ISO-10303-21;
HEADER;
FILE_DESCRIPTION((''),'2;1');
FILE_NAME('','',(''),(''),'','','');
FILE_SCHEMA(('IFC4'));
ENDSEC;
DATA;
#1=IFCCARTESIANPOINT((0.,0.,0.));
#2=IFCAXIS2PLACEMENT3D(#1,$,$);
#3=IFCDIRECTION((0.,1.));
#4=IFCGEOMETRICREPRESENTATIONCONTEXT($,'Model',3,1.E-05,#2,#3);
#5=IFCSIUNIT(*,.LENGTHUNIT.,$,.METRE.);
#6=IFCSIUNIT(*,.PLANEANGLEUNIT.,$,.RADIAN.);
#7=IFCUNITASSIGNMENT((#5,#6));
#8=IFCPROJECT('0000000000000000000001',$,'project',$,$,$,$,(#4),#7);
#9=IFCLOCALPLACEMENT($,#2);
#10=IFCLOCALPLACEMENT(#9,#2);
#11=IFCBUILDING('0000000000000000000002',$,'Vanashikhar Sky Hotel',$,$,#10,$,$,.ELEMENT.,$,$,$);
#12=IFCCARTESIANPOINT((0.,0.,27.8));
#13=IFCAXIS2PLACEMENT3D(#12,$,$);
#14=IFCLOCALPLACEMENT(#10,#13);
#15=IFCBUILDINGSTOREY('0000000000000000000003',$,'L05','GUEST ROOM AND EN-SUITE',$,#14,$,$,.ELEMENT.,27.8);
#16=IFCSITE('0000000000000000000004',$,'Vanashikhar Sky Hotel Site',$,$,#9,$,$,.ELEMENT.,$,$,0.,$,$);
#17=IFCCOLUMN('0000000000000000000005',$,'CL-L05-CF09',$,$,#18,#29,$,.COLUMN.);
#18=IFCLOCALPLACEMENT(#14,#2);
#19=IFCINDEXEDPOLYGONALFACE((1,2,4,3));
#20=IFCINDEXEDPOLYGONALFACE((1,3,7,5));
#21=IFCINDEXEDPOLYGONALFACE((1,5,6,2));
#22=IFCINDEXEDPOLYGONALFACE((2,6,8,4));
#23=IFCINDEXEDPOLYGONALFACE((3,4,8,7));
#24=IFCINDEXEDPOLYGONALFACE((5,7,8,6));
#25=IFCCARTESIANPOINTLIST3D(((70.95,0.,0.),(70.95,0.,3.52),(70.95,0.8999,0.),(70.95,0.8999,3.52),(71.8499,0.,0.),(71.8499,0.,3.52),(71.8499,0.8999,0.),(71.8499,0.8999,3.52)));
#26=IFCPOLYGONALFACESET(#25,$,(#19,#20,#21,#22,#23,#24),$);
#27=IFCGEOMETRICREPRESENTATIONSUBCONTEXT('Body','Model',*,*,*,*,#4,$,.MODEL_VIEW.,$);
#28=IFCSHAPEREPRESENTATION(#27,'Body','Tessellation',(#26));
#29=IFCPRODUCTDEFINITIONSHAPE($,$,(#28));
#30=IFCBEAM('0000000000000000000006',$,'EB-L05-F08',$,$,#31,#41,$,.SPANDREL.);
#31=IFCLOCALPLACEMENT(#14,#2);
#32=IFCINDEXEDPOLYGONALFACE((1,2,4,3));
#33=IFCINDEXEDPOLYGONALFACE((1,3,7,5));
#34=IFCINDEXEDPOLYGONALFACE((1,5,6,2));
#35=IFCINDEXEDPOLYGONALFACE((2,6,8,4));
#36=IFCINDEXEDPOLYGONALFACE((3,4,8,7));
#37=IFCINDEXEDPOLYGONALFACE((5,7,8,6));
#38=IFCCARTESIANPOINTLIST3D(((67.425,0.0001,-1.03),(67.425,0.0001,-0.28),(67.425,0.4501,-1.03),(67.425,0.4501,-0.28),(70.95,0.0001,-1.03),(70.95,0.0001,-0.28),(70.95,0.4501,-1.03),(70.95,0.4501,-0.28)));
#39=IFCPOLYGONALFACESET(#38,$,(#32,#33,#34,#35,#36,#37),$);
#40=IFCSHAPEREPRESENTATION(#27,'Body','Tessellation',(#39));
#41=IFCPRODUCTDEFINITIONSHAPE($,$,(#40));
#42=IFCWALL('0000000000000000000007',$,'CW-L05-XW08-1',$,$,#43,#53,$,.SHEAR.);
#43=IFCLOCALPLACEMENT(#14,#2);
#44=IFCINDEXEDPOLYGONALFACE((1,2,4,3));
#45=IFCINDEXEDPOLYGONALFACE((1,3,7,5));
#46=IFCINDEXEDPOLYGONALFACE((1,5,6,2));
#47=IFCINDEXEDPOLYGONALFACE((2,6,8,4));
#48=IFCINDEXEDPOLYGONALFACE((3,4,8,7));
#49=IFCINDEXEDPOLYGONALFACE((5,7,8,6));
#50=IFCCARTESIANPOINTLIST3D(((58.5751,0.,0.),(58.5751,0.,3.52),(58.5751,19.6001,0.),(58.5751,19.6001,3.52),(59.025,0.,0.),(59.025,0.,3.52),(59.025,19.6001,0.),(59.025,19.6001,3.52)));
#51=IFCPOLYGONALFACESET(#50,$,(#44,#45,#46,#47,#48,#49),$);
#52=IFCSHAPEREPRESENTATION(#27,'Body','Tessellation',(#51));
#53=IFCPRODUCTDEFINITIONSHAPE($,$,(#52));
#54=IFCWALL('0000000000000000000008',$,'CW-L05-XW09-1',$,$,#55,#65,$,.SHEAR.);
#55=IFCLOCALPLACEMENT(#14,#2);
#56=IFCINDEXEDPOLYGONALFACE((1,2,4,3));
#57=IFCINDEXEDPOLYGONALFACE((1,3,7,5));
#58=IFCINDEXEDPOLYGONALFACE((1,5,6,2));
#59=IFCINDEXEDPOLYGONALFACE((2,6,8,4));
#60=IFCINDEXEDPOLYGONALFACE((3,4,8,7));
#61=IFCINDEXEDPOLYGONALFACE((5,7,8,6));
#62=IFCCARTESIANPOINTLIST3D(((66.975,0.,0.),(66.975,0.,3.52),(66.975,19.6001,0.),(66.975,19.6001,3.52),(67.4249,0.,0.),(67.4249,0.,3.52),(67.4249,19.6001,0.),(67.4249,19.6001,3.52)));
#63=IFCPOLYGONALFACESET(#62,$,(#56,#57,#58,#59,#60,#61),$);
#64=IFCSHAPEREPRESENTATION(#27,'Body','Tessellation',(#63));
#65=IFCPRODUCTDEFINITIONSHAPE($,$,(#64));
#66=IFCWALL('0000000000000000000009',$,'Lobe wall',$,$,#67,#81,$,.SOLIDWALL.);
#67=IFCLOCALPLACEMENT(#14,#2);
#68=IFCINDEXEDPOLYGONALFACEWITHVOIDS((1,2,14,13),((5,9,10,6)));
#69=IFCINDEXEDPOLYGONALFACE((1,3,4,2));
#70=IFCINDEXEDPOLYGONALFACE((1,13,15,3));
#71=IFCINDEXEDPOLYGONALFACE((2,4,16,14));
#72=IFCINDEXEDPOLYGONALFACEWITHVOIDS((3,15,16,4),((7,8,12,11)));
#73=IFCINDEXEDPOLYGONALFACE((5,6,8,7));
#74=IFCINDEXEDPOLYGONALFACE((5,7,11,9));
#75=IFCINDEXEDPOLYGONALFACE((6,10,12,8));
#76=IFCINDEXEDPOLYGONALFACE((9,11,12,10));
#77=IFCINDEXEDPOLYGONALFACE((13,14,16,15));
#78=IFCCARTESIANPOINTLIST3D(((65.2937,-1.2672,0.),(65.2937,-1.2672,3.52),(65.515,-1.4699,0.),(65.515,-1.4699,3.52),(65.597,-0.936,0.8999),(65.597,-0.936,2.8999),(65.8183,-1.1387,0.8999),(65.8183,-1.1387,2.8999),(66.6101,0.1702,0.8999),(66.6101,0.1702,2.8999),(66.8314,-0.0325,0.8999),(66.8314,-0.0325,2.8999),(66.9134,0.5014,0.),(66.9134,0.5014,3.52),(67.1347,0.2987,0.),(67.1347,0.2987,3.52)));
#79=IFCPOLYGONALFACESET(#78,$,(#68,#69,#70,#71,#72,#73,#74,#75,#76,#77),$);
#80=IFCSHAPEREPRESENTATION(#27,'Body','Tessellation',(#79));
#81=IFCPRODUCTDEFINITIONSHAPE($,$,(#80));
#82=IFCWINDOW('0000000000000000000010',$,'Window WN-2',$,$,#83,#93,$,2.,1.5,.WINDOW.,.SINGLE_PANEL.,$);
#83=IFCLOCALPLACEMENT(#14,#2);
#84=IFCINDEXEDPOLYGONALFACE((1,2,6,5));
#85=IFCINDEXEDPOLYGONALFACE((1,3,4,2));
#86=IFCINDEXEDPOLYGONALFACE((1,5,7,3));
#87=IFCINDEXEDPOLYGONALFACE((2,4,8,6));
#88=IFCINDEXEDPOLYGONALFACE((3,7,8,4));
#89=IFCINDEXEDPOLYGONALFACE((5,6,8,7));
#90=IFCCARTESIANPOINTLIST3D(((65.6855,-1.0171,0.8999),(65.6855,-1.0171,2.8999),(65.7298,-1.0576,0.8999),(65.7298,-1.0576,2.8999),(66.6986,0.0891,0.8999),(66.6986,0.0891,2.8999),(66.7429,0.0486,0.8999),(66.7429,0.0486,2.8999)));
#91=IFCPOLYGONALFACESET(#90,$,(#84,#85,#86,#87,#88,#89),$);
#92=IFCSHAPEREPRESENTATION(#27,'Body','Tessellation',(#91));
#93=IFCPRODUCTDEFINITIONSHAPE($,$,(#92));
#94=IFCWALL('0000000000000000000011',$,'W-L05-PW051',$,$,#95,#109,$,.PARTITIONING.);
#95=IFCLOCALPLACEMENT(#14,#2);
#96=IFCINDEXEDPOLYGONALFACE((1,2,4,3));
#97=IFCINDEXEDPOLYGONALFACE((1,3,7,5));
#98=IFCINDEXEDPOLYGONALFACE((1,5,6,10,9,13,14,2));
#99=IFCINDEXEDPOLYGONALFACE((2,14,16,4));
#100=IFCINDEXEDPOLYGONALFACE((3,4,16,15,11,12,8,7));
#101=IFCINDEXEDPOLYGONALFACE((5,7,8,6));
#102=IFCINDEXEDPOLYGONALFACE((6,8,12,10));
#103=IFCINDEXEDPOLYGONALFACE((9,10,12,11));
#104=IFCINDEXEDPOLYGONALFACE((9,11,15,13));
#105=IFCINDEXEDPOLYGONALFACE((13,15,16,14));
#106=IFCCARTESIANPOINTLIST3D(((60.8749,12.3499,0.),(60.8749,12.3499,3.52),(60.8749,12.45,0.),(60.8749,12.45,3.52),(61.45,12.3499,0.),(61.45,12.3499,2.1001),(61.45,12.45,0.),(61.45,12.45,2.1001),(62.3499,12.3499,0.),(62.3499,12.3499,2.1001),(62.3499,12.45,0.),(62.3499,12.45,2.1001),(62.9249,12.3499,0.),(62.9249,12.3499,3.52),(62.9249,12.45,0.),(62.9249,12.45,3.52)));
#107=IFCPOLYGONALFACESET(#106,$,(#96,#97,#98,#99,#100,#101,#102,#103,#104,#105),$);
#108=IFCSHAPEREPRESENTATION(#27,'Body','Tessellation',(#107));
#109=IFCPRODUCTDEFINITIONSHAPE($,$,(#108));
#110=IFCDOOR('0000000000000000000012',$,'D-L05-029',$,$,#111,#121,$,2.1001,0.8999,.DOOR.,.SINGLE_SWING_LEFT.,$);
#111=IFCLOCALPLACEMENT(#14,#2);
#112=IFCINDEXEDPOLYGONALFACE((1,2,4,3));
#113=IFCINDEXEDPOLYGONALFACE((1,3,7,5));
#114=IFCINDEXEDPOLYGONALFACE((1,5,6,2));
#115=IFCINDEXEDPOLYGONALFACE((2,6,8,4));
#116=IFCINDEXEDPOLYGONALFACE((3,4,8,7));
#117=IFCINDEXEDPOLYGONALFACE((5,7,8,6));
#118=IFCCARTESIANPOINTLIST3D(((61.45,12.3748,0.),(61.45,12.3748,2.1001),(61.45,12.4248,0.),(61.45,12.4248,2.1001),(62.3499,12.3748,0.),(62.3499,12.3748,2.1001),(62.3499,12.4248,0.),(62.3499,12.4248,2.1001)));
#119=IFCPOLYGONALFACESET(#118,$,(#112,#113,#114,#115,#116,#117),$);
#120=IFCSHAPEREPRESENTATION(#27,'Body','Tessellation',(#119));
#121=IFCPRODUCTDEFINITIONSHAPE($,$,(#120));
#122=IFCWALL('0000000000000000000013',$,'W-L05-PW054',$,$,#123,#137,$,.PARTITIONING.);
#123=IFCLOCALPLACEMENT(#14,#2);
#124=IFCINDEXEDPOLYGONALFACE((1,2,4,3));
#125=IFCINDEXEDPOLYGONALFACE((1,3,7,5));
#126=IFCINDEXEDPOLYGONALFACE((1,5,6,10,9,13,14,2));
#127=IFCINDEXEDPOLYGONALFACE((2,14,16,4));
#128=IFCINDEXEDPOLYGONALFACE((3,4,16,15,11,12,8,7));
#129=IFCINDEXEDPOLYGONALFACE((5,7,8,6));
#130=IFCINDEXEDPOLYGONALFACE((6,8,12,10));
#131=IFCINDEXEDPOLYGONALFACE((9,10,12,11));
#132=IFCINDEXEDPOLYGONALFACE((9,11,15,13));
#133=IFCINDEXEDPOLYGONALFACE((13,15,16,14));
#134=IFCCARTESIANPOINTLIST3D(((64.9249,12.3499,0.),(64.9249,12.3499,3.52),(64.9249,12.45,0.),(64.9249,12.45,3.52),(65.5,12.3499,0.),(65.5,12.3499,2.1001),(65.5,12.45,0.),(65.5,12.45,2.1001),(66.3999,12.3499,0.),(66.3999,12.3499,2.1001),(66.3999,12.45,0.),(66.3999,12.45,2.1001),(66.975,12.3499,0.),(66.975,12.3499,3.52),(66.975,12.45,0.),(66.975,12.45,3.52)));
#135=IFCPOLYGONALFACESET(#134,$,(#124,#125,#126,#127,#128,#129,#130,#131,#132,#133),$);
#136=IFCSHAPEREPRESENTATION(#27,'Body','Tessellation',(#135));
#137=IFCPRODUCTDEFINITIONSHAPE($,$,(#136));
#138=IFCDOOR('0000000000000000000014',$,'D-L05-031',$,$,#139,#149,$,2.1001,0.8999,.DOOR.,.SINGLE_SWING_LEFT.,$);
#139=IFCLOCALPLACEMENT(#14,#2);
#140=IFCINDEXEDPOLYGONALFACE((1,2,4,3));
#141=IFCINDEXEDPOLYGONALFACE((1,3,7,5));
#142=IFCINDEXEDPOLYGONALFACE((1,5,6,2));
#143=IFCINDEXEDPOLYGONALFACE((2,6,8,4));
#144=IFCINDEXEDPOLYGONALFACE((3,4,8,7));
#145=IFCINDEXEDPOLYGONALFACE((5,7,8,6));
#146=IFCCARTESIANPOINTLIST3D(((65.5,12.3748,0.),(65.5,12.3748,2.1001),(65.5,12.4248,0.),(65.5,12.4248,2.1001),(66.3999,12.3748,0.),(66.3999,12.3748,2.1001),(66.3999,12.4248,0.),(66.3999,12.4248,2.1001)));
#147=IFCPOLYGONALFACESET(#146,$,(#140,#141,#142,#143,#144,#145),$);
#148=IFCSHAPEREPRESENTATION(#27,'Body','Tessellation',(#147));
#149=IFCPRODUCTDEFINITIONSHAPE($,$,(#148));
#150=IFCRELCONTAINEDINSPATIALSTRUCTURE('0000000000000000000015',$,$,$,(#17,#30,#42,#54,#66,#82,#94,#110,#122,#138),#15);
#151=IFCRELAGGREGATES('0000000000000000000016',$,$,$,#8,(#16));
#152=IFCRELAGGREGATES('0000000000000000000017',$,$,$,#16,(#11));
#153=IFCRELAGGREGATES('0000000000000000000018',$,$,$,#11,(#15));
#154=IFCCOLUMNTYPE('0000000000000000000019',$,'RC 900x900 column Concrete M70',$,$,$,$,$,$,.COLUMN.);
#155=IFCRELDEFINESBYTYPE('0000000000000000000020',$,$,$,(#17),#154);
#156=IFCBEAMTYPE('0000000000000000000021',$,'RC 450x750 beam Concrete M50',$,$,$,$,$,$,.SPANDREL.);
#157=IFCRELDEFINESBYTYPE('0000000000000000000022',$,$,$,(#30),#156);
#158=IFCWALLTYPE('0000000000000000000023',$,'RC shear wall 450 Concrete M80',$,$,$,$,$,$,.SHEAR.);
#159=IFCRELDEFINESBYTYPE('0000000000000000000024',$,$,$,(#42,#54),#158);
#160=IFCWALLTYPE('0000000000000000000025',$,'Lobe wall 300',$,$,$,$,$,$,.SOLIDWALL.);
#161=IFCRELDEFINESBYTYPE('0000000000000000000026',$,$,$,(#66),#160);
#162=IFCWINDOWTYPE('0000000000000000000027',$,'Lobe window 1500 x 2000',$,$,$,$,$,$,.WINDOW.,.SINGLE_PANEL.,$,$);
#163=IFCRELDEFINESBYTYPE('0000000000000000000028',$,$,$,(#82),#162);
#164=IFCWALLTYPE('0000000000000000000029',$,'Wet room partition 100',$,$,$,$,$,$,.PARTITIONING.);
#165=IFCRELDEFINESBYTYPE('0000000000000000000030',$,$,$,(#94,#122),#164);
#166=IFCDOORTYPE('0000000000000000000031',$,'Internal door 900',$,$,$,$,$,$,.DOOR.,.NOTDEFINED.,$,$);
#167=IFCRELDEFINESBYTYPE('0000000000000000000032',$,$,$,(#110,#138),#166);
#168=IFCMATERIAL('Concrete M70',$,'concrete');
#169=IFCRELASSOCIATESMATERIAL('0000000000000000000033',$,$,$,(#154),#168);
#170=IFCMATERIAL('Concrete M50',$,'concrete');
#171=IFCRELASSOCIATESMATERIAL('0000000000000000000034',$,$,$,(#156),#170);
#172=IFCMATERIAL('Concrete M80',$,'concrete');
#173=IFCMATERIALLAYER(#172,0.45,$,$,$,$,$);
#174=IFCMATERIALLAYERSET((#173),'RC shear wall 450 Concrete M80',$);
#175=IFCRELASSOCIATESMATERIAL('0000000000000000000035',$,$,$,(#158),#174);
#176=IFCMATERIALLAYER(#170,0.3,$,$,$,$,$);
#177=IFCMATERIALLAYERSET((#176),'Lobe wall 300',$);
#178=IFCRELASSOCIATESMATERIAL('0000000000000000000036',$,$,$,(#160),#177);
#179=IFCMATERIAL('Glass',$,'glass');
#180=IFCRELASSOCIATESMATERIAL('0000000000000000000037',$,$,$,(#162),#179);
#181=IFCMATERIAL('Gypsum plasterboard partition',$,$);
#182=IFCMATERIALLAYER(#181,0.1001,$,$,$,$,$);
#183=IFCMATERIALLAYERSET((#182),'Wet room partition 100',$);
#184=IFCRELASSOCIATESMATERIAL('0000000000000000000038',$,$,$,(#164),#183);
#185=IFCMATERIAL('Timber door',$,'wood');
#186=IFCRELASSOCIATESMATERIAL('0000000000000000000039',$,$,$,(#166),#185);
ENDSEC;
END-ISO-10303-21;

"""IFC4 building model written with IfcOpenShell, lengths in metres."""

from ifc_helpers import new_model, si_unit, direction, frame, frame_2d, origin, origin_2d, place, context, subcontext, project, spatial, rectangle, extrude, source, transform, mapped, material, layer, layer_set, material_profile, profile_set, type_object, element, fill, save


model = new_model("IFC4")

# Units and contexts
model_context = context("Model", 3, precision=1e-05, world=origin(), true_north=direction((0.0, 1.0)))
body_context = subcontext(model_context, "Body", "Model", "MODEL_VIEW")
ifc_project = project(units=[si_unit("LENGTHUNIT", "METRE"), si_unit("PLANEANGLEUNIT", "RADIAN")], contexts=[model_context])

# Site, building, storey
site_placement = place(None, origin())
site = spatial("IfcSite", under=ifc_project, at=site_placement, Name="Vanashikhar Sky Hotel Site", CompositionType="ELEMENT", RefElevation=0.0)
building_placement = place(site_placement, origin())
building = spatial("IfcBuilding", under=site, at=building_placement, Name="Vanashikhar Sky Hotel", CompositionType="ELEMENT")
storey_placement = place(building_placement, frame((0.0, 0.0, 27.8)))
storey = spatial("IfcBuildingStorey", under=building, at=storey_placement, Name="L05", Description="GUEST ROOM AND EN-SUITE", CompositionType="ELEMENT", Elevation=27.8)

# Column
ifc_material_1 = material(Name="Concrete M70", Category="concrete")
ifc_material_profile_1 = material_profile(ifc_material_1, rectangle(XDim=0.8999, YDim=0.8999, at=origin_2d()))
ifc_profile_set_1 = profile_set([ifc_material_profile_1], Name="RC 900x900 column Concrete M70")
column_type = type_object("IfcColumnType", Name="RC 900x900 column Concrete M70", PredefinedType="COLUMN", material=ifc_profile_set_1)
shared_shape_1 = source(origin(), body_context, "Body", "SweptSolid", [
    extrude(rectangle(XDim=0.8999, YDim=0.8999, at=origin_2d()), origin(), (0.0, 0.0, 1.0), 3.52),
])
column_placement = place(storey_placement, frame((71.3999, 0.45, 0.0), z_axis=(0.0, 0.0, 1.0), x_axis=(1.0, 0.0, 0.0)))
element("IfcColumn", 1, at=column_placement, inside=storey, type_object=column_type, Name="CL-L05-CF09", PredefinedType="COLUMN", context=body_context, shape_type="MappedRepresentation", body=[
    mapped(shared_shape_1, transform((0.0, 0.0, 0.0), scale=1.0)),
])

# Beam
ifc_material_2 = material(Name="Concrete M50", Category="concrete")
ifc_material_profile_2 = material_profile(ifc_material_2, rectangle(XDim=0.45, YDim=0.75, at=origin_2d()))
ifc_profile_set_2 = profile_set([ifc_material_profile_2], Name="RC 450x750 beam Concrete M50")
beam_type = type_object("IfcBeamType", Name="RC 450x750 beam Concrete M50", PredefinedType="SPANDREL", material=ifc_profile_set_2)
shared_shape_2 = source(origin(), body_context, "Body", "SweptSolid", [
    extrude(rectangle(XDim=0.45, YDim=0.75, at=origin_2d()), origin(), (0.0, 0.0, 1.0), 3.5249),
])
beam_placement = place(storey_placement, frame((67.425, 0.2251, -0.655), z_axis=(1.0, 0.0, 0.0), x_axis=(0.0, 1.0, 0.0)))
element("IfcBeam", 2, at=beam_placement, inside=storey, type_object=beam_type, Name="EB-L05-F08", PredefinedType="SPANDREL", context=body_context, shape_type="MappedRepresentation", body=[
    mapped(shared_shape_2, transform((0.0, 0.0, 0.0), scale=1.0)),
])

# Walls
ifc_material_3 = material(Name="Concrete M80", Category="concrete")
ifc_layer_1 = layer(ifc_material_3, 0.45)
ifc_layer_set_1 = layer_set([ifc_layer_1], Name="RC shear wall 450 Concrete M80")
wall_type_1 = type_object("IfcWallType", Name="RC shear wall 450 Concrete M80", PredefinedType="SHEAR", material=ifc_layer_set_1)
shared_shape_3 = source(origin(), body_context, "Body", "SweptSolid", [
    extrude(rectangle(XDim=19.6001, YDim=0.45, at=frame_2d((9.8, 0.0))), origin(), (0.0, 0.0, 1.0), 3.52),
])
for number, where, z_axis, x_axis, name in (
    (3, (58.8, 0.0, 0.0), (0.0, 0.0, 1.0), (0.0, 1.0, 0.0), "CW-L05-XW08-1"),
    (4, (67.2, 0.0, 0.0), (0.0, 0.0, 1.0), (0.0, 1.0, 0.0), "CW-L05-XW09-1"),
):
    element("IfcWall", number, at=place(storey_placement, frame(where, z_axis=z_axis, x_axis=x_axis)), inside=storey, type_object=wall_type_1, Name=name, PredefinedType="SHEAR", context=body_context, shape_type="MappedRepresentation", body=[
        mapped(shared_shape_3, transform((0.0, 0.0, 0.0), scale=1.0)),
    ])

# Shared definitions
ifc_material_4 = material(Name="Glass", Category="glass")

# Wall, opening, window
ifc_layer_2 = layer(ifc_material_2, 0.3)
ifc_layer_set_2 = layer_set([ifc_layer_2], Name="Lobe wall 300")
wall_type_2 = type_object("IfcWallType", Name="Lobe wall 300", PredefinedType="SOLIDWALL", material=ifc_layer_set_2)
shared_shape_4 = source(origin(), body_context, "Body", "SweptSolid", [
    extrude(rectangle(XDim=2.3982, YDim=0.3, at=frame_2d((1.1992, 0.0))), origin(), (0.0, 0.0, 1.0), 3.52),
])
wall_1_placement = place(storey_placement, frame((65.4043, -1.3687, 0.0), z_axis=(0.0, 0.0, 1.0), x_axis=(0.675374, 0.737475, 0.0)))
wall_1 = element("IfcWall", 5, at=wall_1_placement, inside=storey, type_object=wall_type_2, Name="Lobe wall", PredefinedType="SOLIDWALL", context=body_context, shape_type="MappedRepresentation", body=[
    mapped(shared_shape_4, transform((0.0, 0.0, 0.0), scale=1.0)),
])
shared_shape_5 = source(origin(), body_context, "Body", "SweptSolid", [
    extrude(rectangle(XDim=1.5, YDim=2.0, at=frame_2d((0.75, 1.0))), frame((0.0, 0.1602, 0.0), z_axis=(0.0, -1.0, 0.0), x_axis=(1.0, 0.0, 0.0)), (0.0, 0.0, 1.0), 0.3201),
])
opening_1_placement = place(wall_1_placement, frame((0.4492, 0.0, 0.8999)))
opening_1 = element("IfcOpeningElement", 6, at=opening_1_placement, cuts=wall_1, PredefinedType="OPENING", context=body_context, shape_type="MappedRepresentation", body=[
    mapped(shared_shape_5, transform((0.0, 0.0, 0.0), scale=1.0)),
])
window_type_1 = type_object("IfcWindowType", Name="Lobe window 1500 x 2000", PartitioningType="SINGLE_PANEL", PredefinedType="WINDOW", material=ifc_material_4)
shared_shape_6 = source(origin(), body_context, "Body", "SweptSolid", [
    extrude(rectangle(XDim=1.5, YDim=2.0, at=frame_2d((0.75, 1.0))), frame((0.0, 0.03, 0.0), z_axis=(0.0, -1.0, 0.0), x_axis=(1.0, 0.0, 0.0)), (0.0, 0.0, 1.0), 0.0601),
])
window_1_placement = place(opening_1_placement, origin())
window_1 = element("IfcWindow", 7, at=window_1_placement, inside=storey, type_object=window_type_1, Name="Window WN-2", OverallHeight=2.0, OverallWidth=1.5, PartitioningType="SINGLE_PANEL", PredefinedType="WINDOW", context=body_context, shape_type="MappedRepresentation", body=[
    mapped(shared_shape_6, transform((0.0, 0.0, 0.0), scale=1.0)),
])
fill(opening_1, window_1)

# Walls, openings, doors
ifc_material_5 = material(Name="Gypsum plasterboard partition")
ifc_layer_3 = layer(ifc_material_5, 0.1001)
ifc_layer_set_3 = layer_set([ifc_layer_3], Name="Wet room partition 100")
wall_type_3 = type_object("IfcWallType", Name="Wet room partition 100", PredefinedType="PARTITIONING", material=ifc_layer_set_3)
shared_shape_7 = source(origin(), body_context, "Body", "SweptSolid", [
    extrude(rectangle(XDim=2.05, YDim=0.1001, at=frame_2d((1.0249, 0.0))), origin(), (0.0, 0.0, 1.0), 3.52),
])
wall_2_placement = place(storey_placement, frame((60.875, 12.3999, 0.0), z_axis=(0.0, 0.0, 1.0), x_axis=(1.0, 0.0, 0.0)))
wall_2 = element("IfcWall", 8, at=wall_2_placement, inside=storey, type_object=wall_type_3, Name="W-L05-PW051", PredefinedType="PARTITIONING", context=body_context, shape_type="MappedRepresentation", body=[
    mapped(shared_shape_7, transform((0.0, 0.0, 0.0), scale=1.0)),
])
shared_shape_8 = source(origin(), body_context, "Body", "SweptSolid", [
    extrude(rectangle(XDim=0.8999, YDim=2.1001, at=frame_2d((0.45, 1.05))), frame((0.0, 0.0601, 0.0), z_axis=(0.0, -1.0, 0.0), x_axis=(1.0, 0.0, 0.0)), (0.0, 0.0, 1.0), 0.1201),
])
opening_2_placement = place(wall_2_placement, frame((0.575, 0.0, 0.0)))
opening_2 = element("IfcOpeningElement", 9, at=opening_2_placement, cuts=wall_2, PredefinedType="OPENING", context=body_context, shape_type="MappedRepresentation", body=[
    mapped(shared_shape_8, transform((0.0, 0.0, 0.0), scale=1.0)),
])
ifc_material_6 = material(Name="Timber door", Category="wood")
door_type_1 = type_object("IfcDoorType", Name="Internal door 900", OperationType="NOTDEFINED", PredefinedType="DOOR", material=ifc_material_6)
shared_shape_9 = source(origin(), body_context, "Body", "SweptSolid", [
    extrude(rectangle(XDim=0.8999, YDim=2.1001, at=frame_2d((0.45, 1.05))), frame((0.0, 0.0249, 0.0), z_axis=(0.0, -1.0, 0.0), x_axis=(1.0, 0.0, 0.0)), (0.0, 0.0, 1.0), 0.05),
])
door_1_placement = place(opening_2_placement, origin())
door_1 = element("IfcDoor", 10, at=door_1_placement, inside=storey, type_object=door_type_1, Name="D-L05-029", OperationType="SINGLE_SWING_LEFT", OverallHeight=2.1001, OverallWidth=0.8999, PredefinedType="DOOR", context=body_context, shape_type="MappedRepresentation", body=[
    mapped(shared_shape_9, transform((0.0, 0.0, 0.0), scale=1.0)),
])
fill(opening_2, door_1)
wall_3_placement = place(storey_placement, frame((64.925, 12.3999, 0.0), z_axis=(0.0, 0.0, 1.0), x_axis=(1.0, 0.0, 0.0)))
wall_3 = element("IfcWall", 11, at=wall_3_placement, inside=storey, type_object=wall_type_3, Name="W-L05-PW054", PredefinedType="PARTITIONING", context=body_context, shape_type="MappedRepresentation", body=[
    mapped(shared_shape_7, transform((0.0, 0.0, 0.0), scale=1.0)),
])
opening_3_placement = place(wall_3_placement, frame((0.575, 0.0, 0.0)))
opening_3 = element("IfcOpeningElement", 12, at=opening_3_placement, cuts=wall_3, PredefinedType="OPENING", context=body_context, shape_type="MappedRepresentation", body=[
    mapped(shared_shape_8, transform((0.0, 0.0, 0.0), scale=1.0)),
])
door_2_placement = place(opening_3_placement, origin())
door_2 = element("IfcDoor", 13, at=door_2_placement, inside=storey, type_object=door_type_1, Name="D-L05-031", OperationType="SINGLE_SWING_LEFT", OverallHeight=2.1001, OverallWidth=0.8999, PredefinedType="DOOR", context=body_context, shape_type="MappedRepresentation", body=[
    mapped(shared_shape_9, transform((0.0, 0.0, 0.0), scale=1.0)),
])
fill(opening_3, door_2)

save(model, "model.ifc")
